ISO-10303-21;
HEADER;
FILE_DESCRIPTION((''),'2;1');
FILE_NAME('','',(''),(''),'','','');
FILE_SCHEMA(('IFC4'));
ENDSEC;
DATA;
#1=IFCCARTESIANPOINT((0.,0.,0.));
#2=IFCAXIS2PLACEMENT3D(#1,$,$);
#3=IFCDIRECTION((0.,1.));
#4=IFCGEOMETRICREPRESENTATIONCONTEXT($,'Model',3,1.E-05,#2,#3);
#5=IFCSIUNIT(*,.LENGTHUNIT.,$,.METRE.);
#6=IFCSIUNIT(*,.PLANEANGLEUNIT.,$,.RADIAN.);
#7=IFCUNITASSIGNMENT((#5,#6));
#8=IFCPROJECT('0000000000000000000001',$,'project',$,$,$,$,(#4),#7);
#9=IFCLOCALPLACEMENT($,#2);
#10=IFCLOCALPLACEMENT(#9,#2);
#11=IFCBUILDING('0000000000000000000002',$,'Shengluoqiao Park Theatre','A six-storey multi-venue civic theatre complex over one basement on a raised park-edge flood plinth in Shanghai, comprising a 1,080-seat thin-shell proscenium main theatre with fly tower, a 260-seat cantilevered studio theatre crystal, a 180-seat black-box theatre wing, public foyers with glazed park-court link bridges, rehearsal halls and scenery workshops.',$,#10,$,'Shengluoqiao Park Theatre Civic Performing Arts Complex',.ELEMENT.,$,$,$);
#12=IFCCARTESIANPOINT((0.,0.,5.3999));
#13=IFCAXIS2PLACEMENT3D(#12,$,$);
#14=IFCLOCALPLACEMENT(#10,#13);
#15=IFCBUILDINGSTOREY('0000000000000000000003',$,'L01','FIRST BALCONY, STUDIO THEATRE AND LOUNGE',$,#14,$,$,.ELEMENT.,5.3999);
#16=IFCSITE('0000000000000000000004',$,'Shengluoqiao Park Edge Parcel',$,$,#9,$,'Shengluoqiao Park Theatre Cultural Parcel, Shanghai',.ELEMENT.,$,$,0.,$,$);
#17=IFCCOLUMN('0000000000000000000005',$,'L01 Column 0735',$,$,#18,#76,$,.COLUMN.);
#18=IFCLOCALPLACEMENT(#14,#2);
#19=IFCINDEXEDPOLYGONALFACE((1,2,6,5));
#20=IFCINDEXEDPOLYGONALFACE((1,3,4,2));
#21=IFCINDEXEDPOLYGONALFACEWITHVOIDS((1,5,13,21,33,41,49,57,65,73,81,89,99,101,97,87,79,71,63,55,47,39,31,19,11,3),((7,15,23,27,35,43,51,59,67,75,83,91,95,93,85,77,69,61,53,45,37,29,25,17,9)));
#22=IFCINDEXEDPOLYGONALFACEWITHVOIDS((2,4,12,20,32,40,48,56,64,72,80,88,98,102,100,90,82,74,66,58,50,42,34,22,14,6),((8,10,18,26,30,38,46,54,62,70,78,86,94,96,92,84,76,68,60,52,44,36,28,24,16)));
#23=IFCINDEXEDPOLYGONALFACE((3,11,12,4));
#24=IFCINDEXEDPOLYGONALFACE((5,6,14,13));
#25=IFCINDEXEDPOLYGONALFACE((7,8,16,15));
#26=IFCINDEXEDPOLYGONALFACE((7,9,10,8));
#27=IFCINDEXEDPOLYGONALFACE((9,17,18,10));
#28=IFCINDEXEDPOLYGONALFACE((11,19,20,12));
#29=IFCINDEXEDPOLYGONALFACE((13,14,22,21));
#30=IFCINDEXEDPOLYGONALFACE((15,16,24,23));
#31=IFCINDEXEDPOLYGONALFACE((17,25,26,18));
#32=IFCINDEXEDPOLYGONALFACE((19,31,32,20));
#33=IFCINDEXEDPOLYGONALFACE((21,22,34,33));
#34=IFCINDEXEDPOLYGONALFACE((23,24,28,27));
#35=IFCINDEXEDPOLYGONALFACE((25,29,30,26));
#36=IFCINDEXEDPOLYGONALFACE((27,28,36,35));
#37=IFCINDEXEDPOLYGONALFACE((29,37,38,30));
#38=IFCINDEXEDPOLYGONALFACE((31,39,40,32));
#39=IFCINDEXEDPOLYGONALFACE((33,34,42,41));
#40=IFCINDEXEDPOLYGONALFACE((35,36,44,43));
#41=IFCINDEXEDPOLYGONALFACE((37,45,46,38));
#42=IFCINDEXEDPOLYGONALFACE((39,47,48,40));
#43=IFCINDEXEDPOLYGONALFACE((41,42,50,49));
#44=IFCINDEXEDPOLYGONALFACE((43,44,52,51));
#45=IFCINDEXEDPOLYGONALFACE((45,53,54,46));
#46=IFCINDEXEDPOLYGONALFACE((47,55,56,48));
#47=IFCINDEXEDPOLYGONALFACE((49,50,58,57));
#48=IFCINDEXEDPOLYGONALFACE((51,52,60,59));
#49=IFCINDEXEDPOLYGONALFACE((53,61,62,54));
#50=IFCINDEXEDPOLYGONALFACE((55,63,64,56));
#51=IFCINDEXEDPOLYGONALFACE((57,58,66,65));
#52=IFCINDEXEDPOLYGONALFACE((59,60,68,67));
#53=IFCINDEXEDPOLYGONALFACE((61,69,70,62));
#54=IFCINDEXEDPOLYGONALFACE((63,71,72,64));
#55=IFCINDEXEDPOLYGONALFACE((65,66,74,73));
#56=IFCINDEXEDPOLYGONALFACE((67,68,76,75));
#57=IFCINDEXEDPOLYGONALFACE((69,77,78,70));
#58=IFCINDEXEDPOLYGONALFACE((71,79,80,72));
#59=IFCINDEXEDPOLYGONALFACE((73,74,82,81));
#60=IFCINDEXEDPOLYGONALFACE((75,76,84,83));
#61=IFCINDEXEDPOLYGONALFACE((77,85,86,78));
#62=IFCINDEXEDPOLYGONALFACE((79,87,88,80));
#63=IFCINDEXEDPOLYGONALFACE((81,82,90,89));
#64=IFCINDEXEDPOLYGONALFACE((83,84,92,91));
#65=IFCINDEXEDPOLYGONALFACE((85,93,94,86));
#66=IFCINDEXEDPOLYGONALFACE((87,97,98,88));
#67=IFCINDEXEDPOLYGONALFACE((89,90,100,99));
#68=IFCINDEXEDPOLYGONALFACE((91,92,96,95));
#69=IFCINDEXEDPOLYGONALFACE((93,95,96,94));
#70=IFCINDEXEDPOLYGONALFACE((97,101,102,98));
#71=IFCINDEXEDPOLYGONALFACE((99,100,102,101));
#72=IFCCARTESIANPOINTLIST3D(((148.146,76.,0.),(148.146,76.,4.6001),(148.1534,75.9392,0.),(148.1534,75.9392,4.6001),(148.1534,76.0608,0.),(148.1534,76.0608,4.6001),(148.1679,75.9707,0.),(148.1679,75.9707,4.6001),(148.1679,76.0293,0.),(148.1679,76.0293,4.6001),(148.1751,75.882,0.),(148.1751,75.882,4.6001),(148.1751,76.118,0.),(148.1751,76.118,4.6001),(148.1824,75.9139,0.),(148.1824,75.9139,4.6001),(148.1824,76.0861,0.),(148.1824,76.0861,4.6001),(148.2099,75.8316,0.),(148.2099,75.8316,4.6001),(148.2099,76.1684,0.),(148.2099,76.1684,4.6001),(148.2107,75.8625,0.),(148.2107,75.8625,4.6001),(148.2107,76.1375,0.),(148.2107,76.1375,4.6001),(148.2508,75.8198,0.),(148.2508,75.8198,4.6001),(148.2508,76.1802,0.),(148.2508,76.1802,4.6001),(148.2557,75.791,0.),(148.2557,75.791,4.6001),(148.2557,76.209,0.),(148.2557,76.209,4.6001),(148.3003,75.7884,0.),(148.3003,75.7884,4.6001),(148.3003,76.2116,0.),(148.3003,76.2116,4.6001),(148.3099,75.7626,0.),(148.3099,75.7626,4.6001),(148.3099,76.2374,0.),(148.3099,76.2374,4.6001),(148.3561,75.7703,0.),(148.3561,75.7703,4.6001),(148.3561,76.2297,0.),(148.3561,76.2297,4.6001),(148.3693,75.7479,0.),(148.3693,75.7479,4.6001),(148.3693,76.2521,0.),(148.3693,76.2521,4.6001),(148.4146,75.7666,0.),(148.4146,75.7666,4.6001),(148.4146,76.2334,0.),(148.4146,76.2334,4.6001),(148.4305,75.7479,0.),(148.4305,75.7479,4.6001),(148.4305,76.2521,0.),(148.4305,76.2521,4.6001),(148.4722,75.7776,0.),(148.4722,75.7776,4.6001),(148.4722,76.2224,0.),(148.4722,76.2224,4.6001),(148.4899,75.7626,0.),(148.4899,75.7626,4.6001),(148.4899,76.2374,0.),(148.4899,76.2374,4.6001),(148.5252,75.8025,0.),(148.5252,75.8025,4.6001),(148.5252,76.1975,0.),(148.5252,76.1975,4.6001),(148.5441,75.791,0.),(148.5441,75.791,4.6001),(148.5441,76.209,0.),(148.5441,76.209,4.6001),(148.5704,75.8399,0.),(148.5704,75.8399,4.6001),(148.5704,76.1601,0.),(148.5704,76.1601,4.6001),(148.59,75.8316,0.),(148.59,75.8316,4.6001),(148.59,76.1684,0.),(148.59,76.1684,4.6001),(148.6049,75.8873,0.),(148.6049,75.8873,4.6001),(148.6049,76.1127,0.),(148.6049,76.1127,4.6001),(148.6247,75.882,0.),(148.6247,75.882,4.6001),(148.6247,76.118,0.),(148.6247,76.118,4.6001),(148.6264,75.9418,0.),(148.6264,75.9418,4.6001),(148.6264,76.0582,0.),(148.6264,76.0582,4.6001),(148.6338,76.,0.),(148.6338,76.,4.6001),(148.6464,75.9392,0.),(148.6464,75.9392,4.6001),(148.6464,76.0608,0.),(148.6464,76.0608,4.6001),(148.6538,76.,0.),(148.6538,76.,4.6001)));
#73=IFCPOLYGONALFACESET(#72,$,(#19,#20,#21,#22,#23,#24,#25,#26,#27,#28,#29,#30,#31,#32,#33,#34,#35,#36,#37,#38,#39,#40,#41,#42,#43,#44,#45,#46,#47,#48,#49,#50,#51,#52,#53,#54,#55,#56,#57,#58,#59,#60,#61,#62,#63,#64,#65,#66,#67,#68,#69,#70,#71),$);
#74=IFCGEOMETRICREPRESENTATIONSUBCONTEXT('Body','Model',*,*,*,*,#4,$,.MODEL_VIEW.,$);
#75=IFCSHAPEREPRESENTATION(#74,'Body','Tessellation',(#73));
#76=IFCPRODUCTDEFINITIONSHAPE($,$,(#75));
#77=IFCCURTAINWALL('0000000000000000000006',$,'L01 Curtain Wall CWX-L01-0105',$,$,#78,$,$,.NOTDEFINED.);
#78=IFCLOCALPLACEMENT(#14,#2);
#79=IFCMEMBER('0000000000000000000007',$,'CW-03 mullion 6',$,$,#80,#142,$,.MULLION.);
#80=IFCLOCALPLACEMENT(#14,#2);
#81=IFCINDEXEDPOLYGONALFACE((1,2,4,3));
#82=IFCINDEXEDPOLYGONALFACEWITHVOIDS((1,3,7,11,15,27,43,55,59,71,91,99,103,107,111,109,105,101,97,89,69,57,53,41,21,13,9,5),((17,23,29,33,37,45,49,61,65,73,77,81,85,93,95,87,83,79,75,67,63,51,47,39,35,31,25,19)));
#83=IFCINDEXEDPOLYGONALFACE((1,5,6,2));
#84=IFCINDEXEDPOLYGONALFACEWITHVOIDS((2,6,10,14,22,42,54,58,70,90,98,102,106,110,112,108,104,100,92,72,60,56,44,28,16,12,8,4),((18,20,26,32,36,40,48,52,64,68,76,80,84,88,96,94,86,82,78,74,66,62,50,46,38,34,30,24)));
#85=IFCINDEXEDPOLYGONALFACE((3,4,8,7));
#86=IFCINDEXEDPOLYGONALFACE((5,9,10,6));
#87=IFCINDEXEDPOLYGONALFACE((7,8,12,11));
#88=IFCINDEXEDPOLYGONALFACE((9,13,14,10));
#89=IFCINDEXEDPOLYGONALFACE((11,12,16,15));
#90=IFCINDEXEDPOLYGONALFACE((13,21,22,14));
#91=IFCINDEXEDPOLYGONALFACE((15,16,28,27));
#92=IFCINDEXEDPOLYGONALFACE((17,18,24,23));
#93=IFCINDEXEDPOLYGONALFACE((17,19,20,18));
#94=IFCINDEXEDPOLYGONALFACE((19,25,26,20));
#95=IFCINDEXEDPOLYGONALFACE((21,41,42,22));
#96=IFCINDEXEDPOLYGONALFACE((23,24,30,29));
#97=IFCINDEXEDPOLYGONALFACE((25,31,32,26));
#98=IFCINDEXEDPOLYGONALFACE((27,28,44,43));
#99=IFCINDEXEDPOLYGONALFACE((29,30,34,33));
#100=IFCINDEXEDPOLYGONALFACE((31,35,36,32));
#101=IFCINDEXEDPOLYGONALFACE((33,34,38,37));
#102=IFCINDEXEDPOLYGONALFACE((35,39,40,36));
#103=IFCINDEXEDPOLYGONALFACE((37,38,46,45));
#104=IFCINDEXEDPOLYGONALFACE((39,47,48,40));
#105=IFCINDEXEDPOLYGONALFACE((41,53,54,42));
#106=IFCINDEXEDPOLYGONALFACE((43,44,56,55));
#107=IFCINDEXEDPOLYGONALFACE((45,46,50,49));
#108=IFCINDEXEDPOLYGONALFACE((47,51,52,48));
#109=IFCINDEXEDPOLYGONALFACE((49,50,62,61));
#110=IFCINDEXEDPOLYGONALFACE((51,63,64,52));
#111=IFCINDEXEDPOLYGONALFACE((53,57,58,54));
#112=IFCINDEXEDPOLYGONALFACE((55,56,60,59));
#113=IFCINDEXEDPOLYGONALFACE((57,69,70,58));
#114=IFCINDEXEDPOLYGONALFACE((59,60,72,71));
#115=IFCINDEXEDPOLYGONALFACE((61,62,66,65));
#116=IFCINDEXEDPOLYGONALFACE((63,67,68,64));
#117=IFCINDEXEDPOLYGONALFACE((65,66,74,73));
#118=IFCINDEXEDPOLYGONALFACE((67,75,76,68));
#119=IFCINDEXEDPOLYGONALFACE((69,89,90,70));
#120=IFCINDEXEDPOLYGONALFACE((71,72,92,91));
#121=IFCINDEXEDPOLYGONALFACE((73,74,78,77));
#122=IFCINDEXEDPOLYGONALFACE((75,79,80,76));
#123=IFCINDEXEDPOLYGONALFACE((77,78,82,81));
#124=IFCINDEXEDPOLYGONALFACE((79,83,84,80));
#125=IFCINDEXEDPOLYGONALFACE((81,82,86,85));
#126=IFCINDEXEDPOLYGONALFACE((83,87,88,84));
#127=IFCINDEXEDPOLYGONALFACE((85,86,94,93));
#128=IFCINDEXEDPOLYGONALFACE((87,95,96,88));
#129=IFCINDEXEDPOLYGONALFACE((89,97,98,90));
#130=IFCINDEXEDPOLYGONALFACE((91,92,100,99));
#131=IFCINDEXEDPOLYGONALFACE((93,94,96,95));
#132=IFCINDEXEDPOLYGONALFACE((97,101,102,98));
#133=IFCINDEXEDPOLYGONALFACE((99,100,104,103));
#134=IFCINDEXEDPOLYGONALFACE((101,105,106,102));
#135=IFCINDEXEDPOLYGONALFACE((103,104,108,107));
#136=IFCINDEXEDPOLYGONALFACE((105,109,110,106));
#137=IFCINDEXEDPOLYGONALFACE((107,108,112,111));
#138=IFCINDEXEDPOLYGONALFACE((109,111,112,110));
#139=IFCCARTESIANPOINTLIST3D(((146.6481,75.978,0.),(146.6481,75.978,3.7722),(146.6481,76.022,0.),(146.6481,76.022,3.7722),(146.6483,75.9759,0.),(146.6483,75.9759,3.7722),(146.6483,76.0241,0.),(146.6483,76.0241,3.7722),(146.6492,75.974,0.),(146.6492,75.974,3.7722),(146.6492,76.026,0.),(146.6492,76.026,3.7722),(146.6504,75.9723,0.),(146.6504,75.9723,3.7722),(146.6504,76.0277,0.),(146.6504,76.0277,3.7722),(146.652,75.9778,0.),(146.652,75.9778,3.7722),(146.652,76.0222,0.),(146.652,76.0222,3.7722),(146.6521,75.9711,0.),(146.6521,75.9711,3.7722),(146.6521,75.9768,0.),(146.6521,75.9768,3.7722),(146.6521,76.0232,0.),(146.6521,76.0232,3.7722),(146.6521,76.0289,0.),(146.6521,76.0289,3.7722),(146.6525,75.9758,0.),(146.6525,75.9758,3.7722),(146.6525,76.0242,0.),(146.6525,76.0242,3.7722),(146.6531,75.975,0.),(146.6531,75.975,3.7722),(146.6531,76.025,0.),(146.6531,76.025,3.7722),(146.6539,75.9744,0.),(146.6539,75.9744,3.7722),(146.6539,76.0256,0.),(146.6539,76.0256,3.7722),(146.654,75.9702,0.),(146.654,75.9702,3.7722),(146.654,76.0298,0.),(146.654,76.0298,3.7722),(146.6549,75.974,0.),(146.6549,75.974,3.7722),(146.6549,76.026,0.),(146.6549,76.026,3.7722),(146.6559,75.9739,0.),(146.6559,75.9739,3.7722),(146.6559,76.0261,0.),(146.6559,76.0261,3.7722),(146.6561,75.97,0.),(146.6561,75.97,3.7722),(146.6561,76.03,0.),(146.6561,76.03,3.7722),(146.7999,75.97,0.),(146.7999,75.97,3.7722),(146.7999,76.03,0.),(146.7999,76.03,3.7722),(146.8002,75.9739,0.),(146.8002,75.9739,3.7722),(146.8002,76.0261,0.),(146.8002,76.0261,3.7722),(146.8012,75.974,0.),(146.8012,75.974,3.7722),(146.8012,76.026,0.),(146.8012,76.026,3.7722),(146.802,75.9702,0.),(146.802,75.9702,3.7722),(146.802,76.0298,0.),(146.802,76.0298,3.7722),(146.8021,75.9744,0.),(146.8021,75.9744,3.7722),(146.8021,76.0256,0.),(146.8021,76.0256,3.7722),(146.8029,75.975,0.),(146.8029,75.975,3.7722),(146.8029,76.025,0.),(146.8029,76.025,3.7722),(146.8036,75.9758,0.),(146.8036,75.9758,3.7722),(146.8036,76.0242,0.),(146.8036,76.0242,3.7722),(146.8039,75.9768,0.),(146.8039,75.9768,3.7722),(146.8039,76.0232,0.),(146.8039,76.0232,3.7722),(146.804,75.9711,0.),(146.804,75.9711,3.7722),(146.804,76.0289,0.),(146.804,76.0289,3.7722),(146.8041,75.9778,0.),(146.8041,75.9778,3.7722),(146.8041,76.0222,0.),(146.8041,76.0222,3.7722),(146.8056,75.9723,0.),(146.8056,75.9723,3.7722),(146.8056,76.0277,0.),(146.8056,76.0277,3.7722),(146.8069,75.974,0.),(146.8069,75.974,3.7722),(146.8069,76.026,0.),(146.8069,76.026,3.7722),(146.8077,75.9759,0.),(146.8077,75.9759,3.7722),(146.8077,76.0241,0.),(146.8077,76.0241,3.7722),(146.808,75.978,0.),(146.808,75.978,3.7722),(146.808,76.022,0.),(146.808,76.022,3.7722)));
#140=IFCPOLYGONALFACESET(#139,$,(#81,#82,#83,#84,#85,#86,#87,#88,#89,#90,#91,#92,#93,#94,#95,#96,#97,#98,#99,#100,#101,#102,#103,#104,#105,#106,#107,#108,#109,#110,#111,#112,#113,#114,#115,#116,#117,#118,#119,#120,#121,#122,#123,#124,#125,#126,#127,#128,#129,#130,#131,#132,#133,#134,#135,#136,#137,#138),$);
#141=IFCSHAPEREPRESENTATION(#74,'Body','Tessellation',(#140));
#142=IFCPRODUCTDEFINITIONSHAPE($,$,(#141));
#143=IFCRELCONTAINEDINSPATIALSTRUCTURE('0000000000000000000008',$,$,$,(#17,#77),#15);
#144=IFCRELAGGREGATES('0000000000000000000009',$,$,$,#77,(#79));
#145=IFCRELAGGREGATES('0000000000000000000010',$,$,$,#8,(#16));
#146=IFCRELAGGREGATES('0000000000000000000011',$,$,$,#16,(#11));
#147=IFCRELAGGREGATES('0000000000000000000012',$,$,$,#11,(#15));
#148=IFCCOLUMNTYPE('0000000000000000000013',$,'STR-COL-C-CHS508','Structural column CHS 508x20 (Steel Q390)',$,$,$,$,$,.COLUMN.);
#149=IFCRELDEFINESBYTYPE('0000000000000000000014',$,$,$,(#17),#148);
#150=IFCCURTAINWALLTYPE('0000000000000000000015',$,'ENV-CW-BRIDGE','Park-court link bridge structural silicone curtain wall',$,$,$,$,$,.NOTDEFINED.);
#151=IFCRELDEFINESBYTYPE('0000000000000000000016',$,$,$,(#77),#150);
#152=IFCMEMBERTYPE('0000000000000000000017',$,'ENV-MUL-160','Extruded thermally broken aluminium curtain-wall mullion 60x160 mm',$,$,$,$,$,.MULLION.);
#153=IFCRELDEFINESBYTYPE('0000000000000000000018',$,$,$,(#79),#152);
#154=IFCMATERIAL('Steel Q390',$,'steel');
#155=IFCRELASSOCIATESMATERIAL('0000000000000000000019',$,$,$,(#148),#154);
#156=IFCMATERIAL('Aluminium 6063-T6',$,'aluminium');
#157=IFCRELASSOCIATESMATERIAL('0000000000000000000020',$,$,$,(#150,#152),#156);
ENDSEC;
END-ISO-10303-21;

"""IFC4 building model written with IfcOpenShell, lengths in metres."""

from ifc_helpers import new_model, si_unit, direction, frame, origin, origin_2d, place, context, subcontext, project, spatial, hollow_rectangle, hollow_circle, extrude, material, material_profile, profile_set, type_object, element, aggregate, save


model = new_model("IFC4")

# Units and contexts
model_context = context("Model", 3, precision=1e-05, world=origin(), true_north=direction((0.0, 1.0)))
body_context = subcontext(model_context, "Body", "Model", "MODEL_VIEW")
ifc_project = project(units=[si_unit("LENGTHUNIT", "METRE"), si_unit("PLANEANGLEUNIT", "RADIAN")], contexts=[model_context])

# Site, building, storey
site_placement = place(None, origin())
site = spatial("IfcSite", under=ifc_project, at=site_placement, Name="Shengluoqiao Park Edge Parcel", LongName="Shengluoqiao Park Theatre Cultural Parcel, Shanghai", CompositionType="ELEMENT", RefElevation=0.0)
building_placement = place(site_placement, origin())
building = spatial("IfcBuilding", under=site, at=building_placement, Name="Shengluoqiao Park Theatre", Description="A six-storey multi-venue civic theatre complex over one basement on a raised park-edge flood plinth in Shanghai, comprising a 1,080-seat thin-shell proscenium main theatre with fly tower, a 260-seat cantilevered studio theatre crystal, a 180-seat black-box theatre wing, public foyers with glazed park-court link bridges, rehearsal halls and scenery workshops.", LongName="Shengluoqiao Park Theatre Civic Performing Arts Complex", CompositionType="ELEMENT")
storey_placement = place(building_placement, frame((0.0, 0.0, 5.3999)))
storey = spatial("IfcBuildingStorey", under=building, at=storey_placement, Name="L01", Description="FIRST BALCONY, STUDIO THEATRE AND LOUNGE", CompositionType="ELEMENT", Elevation=5.3999)

# Column
ifc_material_1 = material(Name="Steel Q390", Category="steel")
ifc_material_profile_1 = material_profile(ifc_material_1, hollow_circle(Radius=0.2539, WallThickness=0.02, at=origin_2d()), Name="CHS 508x20")
ifc_profile_set_1 = profile_set([ifc_material_profile_1], Name="Steel Q390")
column_type = type_object("IfcColumnType", Name="STR-COL-C-CHS508", Description="Structural column CHS 508x20 (Steel Q390)", PredefinedType="COLUMN", material=ifc_profile_set_1)
column_placement = place(storey_placement, frame((148.3999, 76.0, 0.0), z_axis=(0.0, 0.0, 1.0), x_axis=(1.0, 0.0, 0.0)))
element("IfcColumn", 1, at=column_placement, inside=storey, type_object=column_type, Name="L01 Column 0735", PredefinedType="COLUMN", context=body_context, shape_type="SweptSolid", body=[
    extrude(hollow_circle(Radius=0.2539, WallThickness=0.02, at=origin_2d()), origin(), (0.0, 0.0, 1.0), 4.6001),
])

# Curtain wall, member
ifc_material_2 = material(Name="Aluminium 6063-T6", Category="aluminium")
curtain_wall_type = type_object("IfcCurtainWallType", Name="ENV-CW-BRIDGE", Description="Park-court link bridge structural silicone curtain wall", PredefinedType="NOTDEFINED", material=ifc_material_2)
curtain_wall_1_placement = place(storey_placement, origin())
curtain_wall_1 = element("IfcCurtainWall", 2, at=curtain_wall_1_placement, inside=storey, type_object=curtain_wall_type, Name="L01 Curtain Wall CWX-L01-0105", PredefinedType="NOTDEFINED")
ifc_material_profile_2 = material_profile(ifc_material_2, hollow_rectangle(XDim=0.0601, YDim=0.1599, WallThickness=0.0039, InnerFilletRadius=0.0039, OuterFilletRadius=0.0081, at=origin_2d()), Name="ALU MULLION 160x60x4")
ifc_profile_set_2 = profile_set([ifc_material_profile_2], Name="Aluminium 6063-T6")
member_type_1 = type_object("IfcMemberType", Name="ENV-MUL-160", Description="Extruded thermally broken aluminium curtain-wall mullion 60x160 mm", PredefinedType="MULLION", material=ifc_profile_set_2)
member_1_placement = place(storey_placement, frame((146.728, 76.0, 0.0), z_axis=(0.0, 0.0, 1.0), x_axis=(0.0, 1.0, 0.0)))
member_1 = element("IfcMember", 3, at=member_1_placement, type_object=member_type_1, Name="CW-03 mullion 6", PredefinedType="MULLION", context=body_context, shape_type="SweptSolid", body=[
    extrude(hollow_rectangle(XDim=0.0601, YDim=0.1599, WallThickness=0.0039, InnerFilletRadius=0.0039, OuterFilletRadius=0.0081, at=origin_2d()), origin(), (0.0, 0.0, 1.0), 3.7722),
])

aggregate(curtain_wall_1, [member_1])

save(model, "model.ifc")
